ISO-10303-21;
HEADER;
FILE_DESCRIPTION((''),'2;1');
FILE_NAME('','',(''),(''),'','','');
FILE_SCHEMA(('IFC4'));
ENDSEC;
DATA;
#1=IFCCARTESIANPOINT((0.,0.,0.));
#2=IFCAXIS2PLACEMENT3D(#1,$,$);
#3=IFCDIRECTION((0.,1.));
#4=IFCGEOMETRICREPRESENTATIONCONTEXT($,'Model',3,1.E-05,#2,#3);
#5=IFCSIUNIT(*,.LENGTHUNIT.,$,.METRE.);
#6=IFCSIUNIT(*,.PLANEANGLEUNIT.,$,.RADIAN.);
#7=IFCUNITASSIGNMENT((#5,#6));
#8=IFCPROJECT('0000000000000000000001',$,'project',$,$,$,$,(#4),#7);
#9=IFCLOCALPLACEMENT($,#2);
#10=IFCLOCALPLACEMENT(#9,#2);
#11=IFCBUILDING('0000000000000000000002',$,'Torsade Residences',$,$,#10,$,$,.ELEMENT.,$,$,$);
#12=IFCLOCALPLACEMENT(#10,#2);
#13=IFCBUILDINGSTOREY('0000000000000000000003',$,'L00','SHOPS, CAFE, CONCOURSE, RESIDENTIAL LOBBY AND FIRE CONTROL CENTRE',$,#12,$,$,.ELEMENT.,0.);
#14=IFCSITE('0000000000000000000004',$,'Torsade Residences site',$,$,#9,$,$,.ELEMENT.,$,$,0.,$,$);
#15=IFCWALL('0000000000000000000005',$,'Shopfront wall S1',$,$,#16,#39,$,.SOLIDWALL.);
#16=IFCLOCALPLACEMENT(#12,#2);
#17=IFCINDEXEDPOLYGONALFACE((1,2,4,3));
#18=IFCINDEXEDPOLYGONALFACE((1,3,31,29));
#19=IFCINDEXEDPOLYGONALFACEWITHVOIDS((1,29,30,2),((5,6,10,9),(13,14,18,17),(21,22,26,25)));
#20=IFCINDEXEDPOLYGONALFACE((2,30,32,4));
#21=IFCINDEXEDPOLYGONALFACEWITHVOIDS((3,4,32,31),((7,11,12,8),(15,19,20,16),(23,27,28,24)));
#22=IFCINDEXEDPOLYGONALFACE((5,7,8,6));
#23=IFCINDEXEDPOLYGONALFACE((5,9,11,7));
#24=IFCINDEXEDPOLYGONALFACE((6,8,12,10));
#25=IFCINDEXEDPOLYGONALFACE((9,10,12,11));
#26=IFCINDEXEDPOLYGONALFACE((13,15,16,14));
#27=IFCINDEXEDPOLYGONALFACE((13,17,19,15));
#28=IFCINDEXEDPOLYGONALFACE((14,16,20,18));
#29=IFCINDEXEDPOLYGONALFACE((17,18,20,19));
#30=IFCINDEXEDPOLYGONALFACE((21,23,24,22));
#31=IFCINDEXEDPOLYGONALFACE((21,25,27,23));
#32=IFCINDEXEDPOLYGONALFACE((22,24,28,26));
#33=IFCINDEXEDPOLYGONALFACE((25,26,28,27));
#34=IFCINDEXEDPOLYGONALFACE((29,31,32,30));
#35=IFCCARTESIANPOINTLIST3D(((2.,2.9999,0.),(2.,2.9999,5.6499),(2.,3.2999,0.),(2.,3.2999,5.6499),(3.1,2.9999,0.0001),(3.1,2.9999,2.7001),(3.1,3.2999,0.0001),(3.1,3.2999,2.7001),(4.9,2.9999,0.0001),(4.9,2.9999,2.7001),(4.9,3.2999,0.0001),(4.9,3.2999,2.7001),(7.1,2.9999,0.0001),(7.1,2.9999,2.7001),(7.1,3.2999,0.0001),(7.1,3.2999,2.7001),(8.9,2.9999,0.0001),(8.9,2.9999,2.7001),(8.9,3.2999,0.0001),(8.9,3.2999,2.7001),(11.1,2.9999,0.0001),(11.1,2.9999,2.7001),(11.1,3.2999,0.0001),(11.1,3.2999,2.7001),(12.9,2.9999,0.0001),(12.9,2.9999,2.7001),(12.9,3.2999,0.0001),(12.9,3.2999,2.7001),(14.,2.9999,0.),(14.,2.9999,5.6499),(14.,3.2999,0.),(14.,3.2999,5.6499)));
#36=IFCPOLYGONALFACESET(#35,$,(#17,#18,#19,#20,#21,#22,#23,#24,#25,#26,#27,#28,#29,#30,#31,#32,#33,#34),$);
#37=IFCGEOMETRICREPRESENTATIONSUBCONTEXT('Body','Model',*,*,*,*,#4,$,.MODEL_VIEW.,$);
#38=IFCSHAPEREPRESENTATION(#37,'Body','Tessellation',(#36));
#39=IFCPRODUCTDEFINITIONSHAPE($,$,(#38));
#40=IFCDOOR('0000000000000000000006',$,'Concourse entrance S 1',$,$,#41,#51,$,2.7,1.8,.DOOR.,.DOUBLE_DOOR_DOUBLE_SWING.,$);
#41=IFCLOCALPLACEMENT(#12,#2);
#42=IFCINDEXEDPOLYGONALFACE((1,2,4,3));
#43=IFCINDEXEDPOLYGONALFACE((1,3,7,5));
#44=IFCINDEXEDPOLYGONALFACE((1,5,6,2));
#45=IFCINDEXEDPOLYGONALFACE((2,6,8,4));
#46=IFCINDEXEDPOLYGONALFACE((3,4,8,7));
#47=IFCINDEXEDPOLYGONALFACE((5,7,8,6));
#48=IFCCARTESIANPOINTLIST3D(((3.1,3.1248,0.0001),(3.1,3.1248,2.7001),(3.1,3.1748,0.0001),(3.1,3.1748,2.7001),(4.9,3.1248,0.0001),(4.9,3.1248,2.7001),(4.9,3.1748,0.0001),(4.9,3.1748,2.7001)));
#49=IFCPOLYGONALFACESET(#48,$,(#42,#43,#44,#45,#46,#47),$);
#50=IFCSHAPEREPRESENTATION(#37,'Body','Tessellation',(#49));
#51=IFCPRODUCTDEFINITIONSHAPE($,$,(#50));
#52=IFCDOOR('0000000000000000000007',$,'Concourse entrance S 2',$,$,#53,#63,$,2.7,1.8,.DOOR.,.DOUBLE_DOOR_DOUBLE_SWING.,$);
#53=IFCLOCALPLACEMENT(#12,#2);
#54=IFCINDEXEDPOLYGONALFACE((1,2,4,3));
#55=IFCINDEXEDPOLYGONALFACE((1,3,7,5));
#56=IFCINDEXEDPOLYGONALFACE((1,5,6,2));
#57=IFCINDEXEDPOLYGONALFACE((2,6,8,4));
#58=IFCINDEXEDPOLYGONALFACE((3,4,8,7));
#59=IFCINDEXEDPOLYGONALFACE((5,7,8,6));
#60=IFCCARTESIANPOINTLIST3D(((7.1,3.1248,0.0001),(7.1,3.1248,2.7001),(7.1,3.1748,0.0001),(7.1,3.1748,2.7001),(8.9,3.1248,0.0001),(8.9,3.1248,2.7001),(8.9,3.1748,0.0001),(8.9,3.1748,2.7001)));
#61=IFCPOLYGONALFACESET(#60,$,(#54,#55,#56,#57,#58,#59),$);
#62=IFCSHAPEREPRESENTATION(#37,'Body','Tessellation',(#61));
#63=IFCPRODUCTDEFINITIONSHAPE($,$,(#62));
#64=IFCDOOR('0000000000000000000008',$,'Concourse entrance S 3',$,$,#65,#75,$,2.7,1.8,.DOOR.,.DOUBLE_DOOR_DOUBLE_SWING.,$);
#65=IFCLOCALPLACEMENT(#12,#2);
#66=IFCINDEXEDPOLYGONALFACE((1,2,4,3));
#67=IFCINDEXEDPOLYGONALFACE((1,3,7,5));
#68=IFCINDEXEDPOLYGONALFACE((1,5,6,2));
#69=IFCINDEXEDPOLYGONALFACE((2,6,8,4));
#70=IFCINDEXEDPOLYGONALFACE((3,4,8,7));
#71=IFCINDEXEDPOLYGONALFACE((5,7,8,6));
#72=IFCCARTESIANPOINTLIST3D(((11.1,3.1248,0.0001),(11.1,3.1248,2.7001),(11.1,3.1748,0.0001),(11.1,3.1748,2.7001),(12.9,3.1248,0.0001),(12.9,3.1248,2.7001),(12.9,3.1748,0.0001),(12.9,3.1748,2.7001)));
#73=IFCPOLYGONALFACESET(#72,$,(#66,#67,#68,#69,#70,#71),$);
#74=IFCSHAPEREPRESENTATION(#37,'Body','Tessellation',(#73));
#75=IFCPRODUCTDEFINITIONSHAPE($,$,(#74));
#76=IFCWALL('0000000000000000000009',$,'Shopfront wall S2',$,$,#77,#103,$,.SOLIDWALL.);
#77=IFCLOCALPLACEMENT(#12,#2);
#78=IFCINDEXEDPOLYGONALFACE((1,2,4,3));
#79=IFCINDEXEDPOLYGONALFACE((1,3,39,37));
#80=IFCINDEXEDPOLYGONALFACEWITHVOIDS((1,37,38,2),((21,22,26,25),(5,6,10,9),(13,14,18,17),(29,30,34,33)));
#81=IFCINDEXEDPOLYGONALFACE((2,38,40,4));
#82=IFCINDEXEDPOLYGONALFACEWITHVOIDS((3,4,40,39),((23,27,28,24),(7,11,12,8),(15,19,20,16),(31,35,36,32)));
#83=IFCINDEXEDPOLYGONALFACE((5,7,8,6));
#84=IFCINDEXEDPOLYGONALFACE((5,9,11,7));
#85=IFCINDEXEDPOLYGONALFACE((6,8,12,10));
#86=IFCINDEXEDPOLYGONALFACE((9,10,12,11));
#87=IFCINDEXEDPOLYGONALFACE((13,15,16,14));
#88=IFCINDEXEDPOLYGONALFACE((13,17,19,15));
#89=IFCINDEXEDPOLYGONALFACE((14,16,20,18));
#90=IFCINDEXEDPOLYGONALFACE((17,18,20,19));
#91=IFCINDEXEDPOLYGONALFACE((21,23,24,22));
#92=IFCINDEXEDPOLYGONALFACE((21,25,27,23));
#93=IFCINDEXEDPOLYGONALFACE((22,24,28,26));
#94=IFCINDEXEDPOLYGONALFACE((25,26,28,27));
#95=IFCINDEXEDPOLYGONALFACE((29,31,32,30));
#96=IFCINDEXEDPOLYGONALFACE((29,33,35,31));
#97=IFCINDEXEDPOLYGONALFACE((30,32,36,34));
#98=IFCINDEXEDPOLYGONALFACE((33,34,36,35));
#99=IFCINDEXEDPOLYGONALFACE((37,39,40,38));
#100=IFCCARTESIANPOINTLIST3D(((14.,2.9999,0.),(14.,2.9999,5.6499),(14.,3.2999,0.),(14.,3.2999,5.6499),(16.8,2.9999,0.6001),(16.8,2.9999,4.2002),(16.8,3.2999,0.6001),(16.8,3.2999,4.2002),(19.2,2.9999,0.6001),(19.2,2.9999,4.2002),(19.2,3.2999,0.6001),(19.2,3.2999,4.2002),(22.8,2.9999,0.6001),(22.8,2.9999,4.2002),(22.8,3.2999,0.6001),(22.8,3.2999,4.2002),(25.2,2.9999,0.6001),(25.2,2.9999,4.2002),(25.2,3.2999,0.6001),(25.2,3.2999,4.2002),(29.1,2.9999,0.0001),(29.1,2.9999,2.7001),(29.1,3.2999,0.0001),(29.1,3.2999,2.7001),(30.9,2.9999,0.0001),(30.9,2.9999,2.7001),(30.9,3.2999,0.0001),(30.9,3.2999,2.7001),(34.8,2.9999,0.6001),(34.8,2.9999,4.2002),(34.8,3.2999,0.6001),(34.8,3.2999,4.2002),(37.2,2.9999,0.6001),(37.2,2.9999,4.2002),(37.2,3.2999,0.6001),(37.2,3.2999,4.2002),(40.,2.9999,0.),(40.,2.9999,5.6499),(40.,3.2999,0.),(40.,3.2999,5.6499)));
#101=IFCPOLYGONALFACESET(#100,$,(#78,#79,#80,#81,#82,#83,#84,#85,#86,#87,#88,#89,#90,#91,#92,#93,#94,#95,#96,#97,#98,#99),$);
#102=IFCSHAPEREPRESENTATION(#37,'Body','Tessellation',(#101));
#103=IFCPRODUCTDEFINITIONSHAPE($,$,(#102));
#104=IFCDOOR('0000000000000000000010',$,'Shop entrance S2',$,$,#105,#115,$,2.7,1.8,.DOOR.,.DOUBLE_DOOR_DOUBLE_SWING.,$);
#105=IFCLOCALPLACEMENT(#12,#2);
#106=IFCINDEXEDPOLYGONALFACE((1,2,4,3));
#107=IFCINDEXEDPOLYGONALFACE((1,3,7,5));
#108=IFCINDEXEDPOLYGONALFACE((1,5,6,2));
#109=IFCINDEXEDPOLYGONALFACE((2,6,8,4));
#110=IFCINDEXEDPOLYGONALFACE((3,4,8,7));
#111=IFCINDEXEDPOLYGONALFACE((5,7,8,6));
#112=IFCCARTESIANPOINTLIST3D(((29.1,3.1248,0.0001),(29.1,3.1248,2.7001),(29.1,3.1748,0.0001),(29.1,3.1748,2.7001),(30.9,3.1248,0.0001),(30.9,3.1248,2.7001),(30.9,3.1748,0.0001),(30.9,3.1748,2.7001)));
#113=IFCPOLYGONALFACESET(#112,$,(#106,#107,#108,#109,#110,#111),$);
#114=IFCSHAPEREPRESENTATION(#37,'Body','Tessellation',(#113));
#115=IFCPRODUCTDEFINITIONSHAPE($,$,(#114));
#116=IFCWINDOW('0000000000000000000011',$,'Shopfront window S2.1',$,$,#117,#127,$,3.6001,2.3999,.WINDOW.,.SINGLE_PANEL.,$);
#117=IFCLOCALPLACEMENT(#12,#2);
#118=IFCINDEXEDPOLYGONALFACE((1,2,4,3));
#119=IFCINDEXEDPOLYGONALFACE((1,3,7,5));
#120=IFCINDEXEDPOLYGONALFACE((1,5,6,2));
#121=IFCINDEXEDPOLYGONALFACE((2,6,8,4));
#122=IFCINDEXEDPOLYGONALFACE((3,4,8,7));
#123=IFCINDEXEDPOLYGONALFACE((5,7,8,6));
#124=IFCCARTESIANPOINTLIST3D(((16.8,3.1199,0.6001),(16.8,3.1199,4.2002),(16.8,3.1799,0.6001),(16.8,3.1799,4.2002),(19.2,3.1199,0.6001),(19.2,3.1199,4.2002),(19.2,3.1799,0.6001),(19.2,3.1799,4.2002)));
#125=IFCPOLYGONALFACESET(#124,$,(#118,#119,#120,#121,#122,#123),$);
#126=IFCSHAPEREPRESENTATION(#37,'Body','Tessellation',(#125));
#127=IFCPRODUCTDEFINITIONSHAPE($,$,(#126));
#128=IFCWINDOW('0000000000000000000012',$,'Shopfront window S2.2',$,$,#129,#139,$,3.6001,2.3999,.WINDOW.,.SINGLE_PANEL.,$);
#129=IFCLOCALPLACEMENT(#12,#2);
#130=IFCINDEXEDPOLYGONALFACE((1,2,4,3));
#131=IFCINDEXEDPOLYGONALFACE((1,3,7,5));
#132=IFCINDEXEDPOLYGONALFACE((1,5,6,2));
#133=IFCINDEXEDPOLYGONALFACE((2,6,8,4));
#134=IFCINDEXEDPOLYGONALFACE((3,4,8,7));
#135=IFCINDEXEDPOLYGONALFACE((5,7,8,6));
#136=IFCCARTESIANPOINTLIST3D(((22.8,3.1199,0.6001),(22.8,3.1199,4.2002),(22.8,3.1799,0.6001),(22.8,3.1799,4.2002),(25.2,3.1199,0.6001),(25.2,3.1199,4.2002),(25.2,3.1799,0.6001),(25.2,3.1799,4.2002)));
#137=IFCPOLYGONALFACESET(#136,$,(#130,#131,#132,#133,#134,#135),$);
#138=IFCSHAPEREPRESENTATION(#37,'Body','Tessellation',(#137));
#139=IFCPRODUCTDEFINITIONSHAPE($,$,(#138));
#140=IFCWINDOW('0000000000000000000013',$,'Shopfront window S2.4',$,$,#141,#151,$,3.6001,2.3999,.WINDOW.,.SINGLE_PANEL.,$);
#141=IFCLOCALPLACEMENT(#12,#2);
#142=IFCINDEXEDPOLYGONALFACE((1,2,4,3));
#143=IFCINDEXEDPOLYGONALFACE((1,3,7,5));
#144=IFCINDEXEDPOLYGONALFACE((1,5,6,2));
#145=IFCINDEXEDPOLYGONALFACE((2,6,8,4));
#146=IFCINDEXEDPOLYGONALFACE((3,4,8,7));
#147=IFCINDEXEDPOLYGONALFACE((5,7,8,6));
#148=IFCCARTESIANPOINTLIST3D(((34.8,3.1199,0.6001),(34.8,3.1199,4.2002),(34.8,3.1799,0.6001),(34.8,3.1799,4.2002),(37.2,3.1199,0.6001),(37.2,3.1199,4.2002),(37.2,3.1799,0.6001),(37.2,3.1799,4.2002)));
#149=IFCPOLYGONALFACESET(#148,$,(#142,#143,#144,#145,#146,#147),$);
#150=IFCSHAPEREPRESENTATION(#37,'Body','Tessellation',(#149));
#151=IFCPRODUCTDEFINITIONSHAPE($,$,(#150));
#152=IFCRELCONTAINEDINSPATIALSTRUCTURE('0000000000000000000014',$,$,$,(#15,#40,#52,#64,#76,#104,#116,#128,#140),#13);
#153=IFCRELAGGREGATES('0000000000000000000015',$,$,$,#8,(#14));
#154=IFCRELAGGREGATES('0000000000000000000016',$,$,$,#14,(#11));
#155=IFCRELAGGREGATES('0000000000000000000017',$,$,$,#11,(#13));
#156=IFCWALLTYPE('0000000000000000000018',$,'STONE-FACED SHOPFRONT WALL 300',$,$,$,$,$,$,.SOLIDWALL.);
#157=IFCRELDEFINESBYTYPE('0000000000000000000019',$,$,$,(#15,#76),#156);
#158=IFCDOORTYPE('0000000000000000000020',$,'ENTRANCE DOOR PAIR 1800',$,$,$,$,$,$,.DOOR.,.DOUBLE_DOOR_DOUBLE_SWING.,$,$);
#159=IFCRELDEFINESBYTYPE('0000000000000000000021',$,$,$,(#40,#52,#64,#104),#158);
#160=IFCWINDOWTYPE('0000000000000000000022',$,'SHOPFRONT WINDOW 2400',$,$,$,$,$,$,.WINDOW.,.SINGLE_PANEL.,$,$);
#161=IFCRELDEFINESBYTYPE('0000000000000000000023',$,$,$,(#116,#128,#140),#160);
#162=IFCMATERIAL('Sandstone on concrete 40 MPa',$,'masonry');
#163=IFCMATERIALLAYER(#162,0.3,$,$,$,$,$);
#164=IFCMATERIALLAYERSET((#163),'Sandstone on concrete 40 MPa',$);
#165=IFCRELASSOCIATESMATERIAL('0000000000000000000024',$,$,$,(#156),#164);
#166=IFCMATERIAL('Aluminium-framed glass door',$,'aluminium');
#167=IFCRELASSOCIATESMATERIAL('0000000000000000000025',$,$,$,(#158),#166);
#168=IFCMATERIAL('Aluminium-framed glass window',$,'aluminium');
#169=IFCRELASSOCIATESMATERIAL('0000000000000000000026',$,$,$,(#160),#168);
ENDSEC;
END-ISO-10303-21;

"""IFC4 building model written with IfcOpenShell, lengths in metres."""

from ifc_helpers import new_model, si_unit, direction, frame, frame_2d, origin, place, context, subcontext, project, spatial, rectangle, extrude, material, layer, layer_set, type_object, element, fill, save


model = new_model("IFC4")

# Units and contexts
model_context = context("Model", 3, precision=1e-05, world=origin(), true_north=direction((0.0, 1.0)))
body_context = subcontext(model_context, "Body", "Model", "MODEL_VIEW")
ifc_project = project(units=[si_unit("LENGTHUNIT", "METRE"), si_unit("PLANEANGLEUNIT", "RADIAN")], contexts=[model_context])

# Site, building, storey
site_placement = place(None, origin())
site = spatial("IfcSite", under=ifc_project, at=site_placement, Name="Torsade Residences site", CompositionType="ELEMENT", RefElevation=0.0)
building_placement = place(site_placement, origin())
building = spatial("IfcBuilding", under=site, at=building_placement, Name="Torsade Residences", CompositionType="ELEMENT")
storey_placement = place(building_placement, origin())
storey = spatial("IfcBuildingStorey", under=building, at=storey_placement, Name="L00", Description="SHOPS, CAFE, CONCOURSE, RESIDENTIAL LOBBY AND FIRE CONTROL CENTRE", CompositionType="ELEMENT", Elevation=0.0)

# Wall, openings, doors
ifc_material_1 = material(Name="Sandstone on concrete 40 MPa", Category="masonry")
ifc_layer_1 = layer(ifc_material_1, 0.3)
ifc_layer_set_1 = layer_set([ifc_layer_1], Name="Sandstone on concrete 40 MPa")
wall_type = type_object("IfcWallType", Name="STONE-FACED SHOPFRONT WALL 300", PredefinedType="SOLIDWALL", material=ifc_layer_set_1)
wall_1_placement = place(storey_placement, frame((2.0, 3.1499, 0.0), z_axis=(0.0, 0.0, 1.0), x_axis=(1.0, 0.0, 0.0)))
wall_1 = element("IfcWall", 1, at=wall_1_placement, inside=storey, type_object=wall_type, Name="Shopfront wall S1", PredefinedType="SOLIDWALL", context=body_context, shape_type="SweptSolid", body=[
    extrude(rectangle(XDim=12.0, YDim=0.3, at=frame_2d((6.0, 0.0))), origin(), (0.0, 0.0, 1.0), 5.6499),
])
opening_1_placement = place(wall_1_placement, frame((1.1001, 0.0, 0.0)))
opening_1 = element("IfcOpeningElement", 2, at=opening_1_placement, cuts=wall_1, PredefinedType="OPENING", context=body_context, shape_type="SweptSolid", body=[
    extrude(rectangle(XDim=1.8, YDim=2.7, at=frame_2d((0.8999, 1.3501))), frame((0.0, 0.1599, 0.0), z_axis=(0.0, -1.0, 0.0), x_axis=(1.0, 0.0, 0.0)), (0.0, 0.0, 1.0), 0.3201),
])
opening_2_placement = place(wall_1_placement, frame((5.1001, 0.0, 0.0)))
opening_2 = element("IfcOpeningElement", 3, at=opening_2_placement, cuts=wall_1, PredefinedType="OPENING", context=body_context, shape_type="SweptSolid", body=[
    extrude(rectangle(XDim=1.8, YDim=2.7, at=frame_2d((0.8999, 1.3501))), frame((0.0, 0.1599, 0.0), z_axis=(0.0, -1.0, 0.0), x_axis=(1.0, 0.0, 0.0)), (0.0, 0.0, 1.0), 0.3201),
])
opening_3_placement = place(wall_1_placement, frame((9.1001, 0.0, 0.0)))
opening_3 = element("IfcOpeningElement", 4, at=opening_3_placement, cuts=wall_1, PredefinedType="OPENING", context=body_context, shape_type="SweptSolid", body=[
    extrude(rectangle(XDim=1.8, YDim=2.7, at=frame_2d((0.8999, 1.3501))), frame((0.0, 0.1599, 0.0), z_axis=(0.0, -1.0, 0.0), x_axis=(1.0, 0.0, 0.0)), (0.0, 0.0, 1.0), 0.3201),
])
ifc_material_2 = material(Name="Aluminium-framed glass door", Category="aluminium")
door_type = type_object("IfcDoorType", Name="ENTRANCE DOOR PAIR 1800", OperationType="DOUBLE_DOOR_DOUBLE_SWING", PredefinedType="DOOR", material=ifc_material_2)
door_1_placement = place(opening_1_placement, origin())
door_1 = element("IfcDoor", 5, at=door_1_placement, inside=storey, type_object=door_type, Name="Concourse entrance S 1", OperationType="DOUBLE_DOOR_DOUBLE_SWING", OverallHeight=2.7, OverallWidth=1.8, PredefinedType="DOOR", context=body_context, shape_type="SweptSolid", body=[
    extrude(rectangle(XDim=1.8, YDim=2.7, at=frame_2d((0.8999, 1.3501))), frame((0.0, 0.0249, 0.0), z_axis=(0.0, -1.0, 0.0), x_axis=(1.0, 0.0, 0.0)), (0.0, 0.0, 1.0), 0.05),
])
fill(opening_1, door_1)
door_2_placement = place(opening_2_placement, origin())
door_2 = element("IfcDoor", 6, at=door_2_placement, inside=storey, type_object=door_type, Name="Concourse entrance S 2", OperationType="DOUBLE_DOOR_DOUBLE_SWING", OverallHeight=2.7, OverallWidth=1.8, PredefinedType="DOOR", context=body_context, shape_type="SweptSolid", body=[
    extrude(rectangle(XDim=1.8, YDim=2.7, at=frame_2d((0.8999, 1.3501))), frame((0.0, 0.0249, 0.0), z_axis=(0.0, -1.0, 0.0), x_axis=(1.0, 0.0, 0.0)), (0.0, 0.0, 1.0), 0.05),
])
fill(opening_2, door_2)
door_3_placement = place(opening_3_placement, origin())
door_3 = element("IfcDoor", 7, at=door_3_placement, inside=storey, type_object=door_type, Name="Concourse entrance S 3", OperationType="DOUBLE_DOOR_DOUBLE_SWING", OverallHeight=2.7, OverallWidth=1.8, PredefinedType="DOOR", context=body_context, shape_type="SweptSolid", body=[
    extrude(rectangle(XDim=1.8, YDim=2.7, at=frame_2d((0.8999, 1.3501))), frame((0.0, 0.0249, 0.0), z_axis=(0.0, -1.0, 0.0), x_axis=(1.0, 0.0, 0.0)), (0.0, 0.0, 1.0), 0.05),
])
fill(opening_3, door_3)

# Wall, openings, door, windows
wall_2_placement = place(storey_placement, frame((14.0, 3.1499, 0.0), z_axis=(0.0, 0.0, 1.0), x_axis=(1.0, 0.0, 0.0)))
wall_2 = element("IfcWall", 8, at=wall_2_placement, inside=storey, type_object=wall_type, Name="Shopfront wall S2", PredefinedType="SOLIDWALL", context=body_context, shape_type="SweptSolid", body=[
    extrude(rectangle(XDim=26.0, YDim=0.3, at=frame_2d((13.0, 0.0))), origin(), (0.0, 0.0, 1.0), 5.6499),
])
opening_4_placement = place(wall_2_placement, frame((2.8, 0.0, 0.6001)))
opening_4 = element("IfcOpeningElement", 9, at=opening_4_placement, cuts=wall_2, PredefinedType="OPENING", context=body_context, shape_type="SweptSolid", body=[
    extrude(rectangle(XDim=2.3999, YDim=3.6001, at=frame_2d((1.2, 1.8))), frame((0.0, 0.1599, 0.0), z_axis=(0.0, -1.0, 0.0), x_axis=(1.0, 0.0, 0.0)), (0.0, 0.0, 1.0), 0.3201),
])
opening_5_placement = place(wall_2_placement, frame((8.8, 0.0, 0.6001)))
opening_5 = element("IfcOpeningElement", 10, at=opening_5_placement, cuts=wall_2, PredefinedType="OPENING", context=body_context, shape_type="SweptSolid", body=[
    extrude(rectangle(XDim=2.3999, YDim=3.6001, at=frame_2d((1.2, 1.8))), frame((0.0, 0.1599, 0.0), z_axis=(0.0, -1.0, 0.0), x_axis=(1.0, 0.0, 0.0)), (0.0, 0.0, 1.0), 0.3201),
])
opening_6_placement = place(wall_2_placement, frame((15.1001, 0.0, 0.0)))
opening_6 = element("IfcOpeningElement", 11, at=opening_6_placement, cuts=wall_2, PredefinedType="OPENING", context=body_context, shape_type="SweptSolid", body=[
    extrude(rectangle(XDim=1.8, YDim=2.7, at=frame_2d((0.8999, 1.3501))), frame((0.0, 0.1599, 0.0), z_axis=(0.0, -1.0, 0.0), x_axis=(1.0, 0.0, 0.0)), (0.0, 0.0, 1.0), 0.3201),
])
opening_7_placement = place(wall_2_placement, frame((20.8, 0.0, 0.6001)))
opening_7 = element("IfcOpeningElement", 12, at=opening_7_placement, cuts=wall_2, PredefinedType="OPENING", context=body_context, shape_type="SweptSolid", body=[
    extrude(rectangle(XDim=2.3999, YDim=3.6001, at=frame_2d((1.2, 1.8))), frame((0.0, 0.1599, 0.0), z_axis=(0.0, -1.0, 0.0), x_axis=(1.0, 0.0, 0.0)), (0.0, 0.0, 1.0), 0.3201),
])
door_4_placement = place(opening_6_placement, origin())
door_4 = element("IfcDoor", 13, at=door_4_placement, inside=storey, type_object=door_type, Name="Shop entrance S2", OperationType="DOUBLE_DOOR_DOUBLE_SWING", OverallHeight=2.7, OverallWidth=1.8, PredefinedType="DOOR", context=body_context, shape_type="SweptSolid", body=[
    extrude(rectangle(XDim=1.8, YDim=2.7, at=frame_2d((0.8999, 1.3501))), frame((0.0, 0.0249, 0.0), z_axis=(0.0, -1.0, 0.0), x_axis=(1.0, 0.0, 0.0)), (0.0, 0.0, 1.0), 0.05),
])
fill(opening_6, door_4)
ifc_material_3 = material(Name="Aluminium-framed glass window", Category="aluminium")
window_type = type_object("IfcWindowType", Name="SHOPFRONT WINDOW 2400", PartitioningType="SINGLE_PANEL", PredefinedType="WINDOW", material=ifc_material_3)
window_1_placement = place(opening_4_placement, origin())
window_1 = element("IfcWindow", 14, at=window_1_placement, inside=storey, type_object=window_type, Name="Shopfront window S2.1", OverallHeight=3.6001, OverallWidth=2.3999, PartitioningType="SINGLE_PANEL", PredefinedType="WINDOW", context=body_context, shape_type="SweptSolid", body=[
    extrude(rectangle(XDim=2.3999, YDim=3.6001, at=frame_2d((1.2, 1.8))), frame((0.0, 0.03, 0.0), z_axis=(0.0, -1.0, 0.0), x_axis=(1.0, 0.0, 0.0)), (0.0, 0.0, 1.0), 0.0601),
])
fill(opening_4, window_1)
window_2_placement = place(opening_5_placement, origin())
window_2 = element("IfcWindow", 15, at=window_2_placement, inside=storey, type_object=window_type, Name="Shopfront window S2.2", OverallHeight=3.6001, OverallWidth=2.3999, PartitioningType="SINGLE_PANEL", PredefinedType="WINDOW", context=body_context, shape_type="SweptSolid", body=[
    extrude(rectangle(XDim=2.3999, YDim=3.6001, at=frame_2d((1.2, 1.8))), frame((0.0, 0.03, 0.0), z_axis=(0.0, -1.0, 0.0), x_axis=(1.0, 0.0, 0.0)), (0.0, 0.0, 1.0), 0.0601),
])
fill(opening_5, window_2)
window_3_placement = place(opening_7_placement, origin())
window_3 = element("IfcWindow", 16, at=window_3_placement, inside=storey, type_object=window_type, Name="Shopfront window S2.4", OverallHeight=3.6001, OverallWidth=2.3999, PartitioningType="SINGLE_PANEL", PredefinedType="WINDOW", context=body_context, shape_type="SweptSolid", body=[
    extrude(rectangle(XDim=2.3999, YDim=3.6001, at=frame_2d((1.2, 1.8))), frame((0.0, 0.03, 0.0), z_axis=(0.0, -1.0, 0.0), x_axis=(1.0, 0.0, 0.0)), (0.0, 0.0, 1.0), 0.0601),
])
fill(opening_7, window_3)

save(model, "model.ifc")
